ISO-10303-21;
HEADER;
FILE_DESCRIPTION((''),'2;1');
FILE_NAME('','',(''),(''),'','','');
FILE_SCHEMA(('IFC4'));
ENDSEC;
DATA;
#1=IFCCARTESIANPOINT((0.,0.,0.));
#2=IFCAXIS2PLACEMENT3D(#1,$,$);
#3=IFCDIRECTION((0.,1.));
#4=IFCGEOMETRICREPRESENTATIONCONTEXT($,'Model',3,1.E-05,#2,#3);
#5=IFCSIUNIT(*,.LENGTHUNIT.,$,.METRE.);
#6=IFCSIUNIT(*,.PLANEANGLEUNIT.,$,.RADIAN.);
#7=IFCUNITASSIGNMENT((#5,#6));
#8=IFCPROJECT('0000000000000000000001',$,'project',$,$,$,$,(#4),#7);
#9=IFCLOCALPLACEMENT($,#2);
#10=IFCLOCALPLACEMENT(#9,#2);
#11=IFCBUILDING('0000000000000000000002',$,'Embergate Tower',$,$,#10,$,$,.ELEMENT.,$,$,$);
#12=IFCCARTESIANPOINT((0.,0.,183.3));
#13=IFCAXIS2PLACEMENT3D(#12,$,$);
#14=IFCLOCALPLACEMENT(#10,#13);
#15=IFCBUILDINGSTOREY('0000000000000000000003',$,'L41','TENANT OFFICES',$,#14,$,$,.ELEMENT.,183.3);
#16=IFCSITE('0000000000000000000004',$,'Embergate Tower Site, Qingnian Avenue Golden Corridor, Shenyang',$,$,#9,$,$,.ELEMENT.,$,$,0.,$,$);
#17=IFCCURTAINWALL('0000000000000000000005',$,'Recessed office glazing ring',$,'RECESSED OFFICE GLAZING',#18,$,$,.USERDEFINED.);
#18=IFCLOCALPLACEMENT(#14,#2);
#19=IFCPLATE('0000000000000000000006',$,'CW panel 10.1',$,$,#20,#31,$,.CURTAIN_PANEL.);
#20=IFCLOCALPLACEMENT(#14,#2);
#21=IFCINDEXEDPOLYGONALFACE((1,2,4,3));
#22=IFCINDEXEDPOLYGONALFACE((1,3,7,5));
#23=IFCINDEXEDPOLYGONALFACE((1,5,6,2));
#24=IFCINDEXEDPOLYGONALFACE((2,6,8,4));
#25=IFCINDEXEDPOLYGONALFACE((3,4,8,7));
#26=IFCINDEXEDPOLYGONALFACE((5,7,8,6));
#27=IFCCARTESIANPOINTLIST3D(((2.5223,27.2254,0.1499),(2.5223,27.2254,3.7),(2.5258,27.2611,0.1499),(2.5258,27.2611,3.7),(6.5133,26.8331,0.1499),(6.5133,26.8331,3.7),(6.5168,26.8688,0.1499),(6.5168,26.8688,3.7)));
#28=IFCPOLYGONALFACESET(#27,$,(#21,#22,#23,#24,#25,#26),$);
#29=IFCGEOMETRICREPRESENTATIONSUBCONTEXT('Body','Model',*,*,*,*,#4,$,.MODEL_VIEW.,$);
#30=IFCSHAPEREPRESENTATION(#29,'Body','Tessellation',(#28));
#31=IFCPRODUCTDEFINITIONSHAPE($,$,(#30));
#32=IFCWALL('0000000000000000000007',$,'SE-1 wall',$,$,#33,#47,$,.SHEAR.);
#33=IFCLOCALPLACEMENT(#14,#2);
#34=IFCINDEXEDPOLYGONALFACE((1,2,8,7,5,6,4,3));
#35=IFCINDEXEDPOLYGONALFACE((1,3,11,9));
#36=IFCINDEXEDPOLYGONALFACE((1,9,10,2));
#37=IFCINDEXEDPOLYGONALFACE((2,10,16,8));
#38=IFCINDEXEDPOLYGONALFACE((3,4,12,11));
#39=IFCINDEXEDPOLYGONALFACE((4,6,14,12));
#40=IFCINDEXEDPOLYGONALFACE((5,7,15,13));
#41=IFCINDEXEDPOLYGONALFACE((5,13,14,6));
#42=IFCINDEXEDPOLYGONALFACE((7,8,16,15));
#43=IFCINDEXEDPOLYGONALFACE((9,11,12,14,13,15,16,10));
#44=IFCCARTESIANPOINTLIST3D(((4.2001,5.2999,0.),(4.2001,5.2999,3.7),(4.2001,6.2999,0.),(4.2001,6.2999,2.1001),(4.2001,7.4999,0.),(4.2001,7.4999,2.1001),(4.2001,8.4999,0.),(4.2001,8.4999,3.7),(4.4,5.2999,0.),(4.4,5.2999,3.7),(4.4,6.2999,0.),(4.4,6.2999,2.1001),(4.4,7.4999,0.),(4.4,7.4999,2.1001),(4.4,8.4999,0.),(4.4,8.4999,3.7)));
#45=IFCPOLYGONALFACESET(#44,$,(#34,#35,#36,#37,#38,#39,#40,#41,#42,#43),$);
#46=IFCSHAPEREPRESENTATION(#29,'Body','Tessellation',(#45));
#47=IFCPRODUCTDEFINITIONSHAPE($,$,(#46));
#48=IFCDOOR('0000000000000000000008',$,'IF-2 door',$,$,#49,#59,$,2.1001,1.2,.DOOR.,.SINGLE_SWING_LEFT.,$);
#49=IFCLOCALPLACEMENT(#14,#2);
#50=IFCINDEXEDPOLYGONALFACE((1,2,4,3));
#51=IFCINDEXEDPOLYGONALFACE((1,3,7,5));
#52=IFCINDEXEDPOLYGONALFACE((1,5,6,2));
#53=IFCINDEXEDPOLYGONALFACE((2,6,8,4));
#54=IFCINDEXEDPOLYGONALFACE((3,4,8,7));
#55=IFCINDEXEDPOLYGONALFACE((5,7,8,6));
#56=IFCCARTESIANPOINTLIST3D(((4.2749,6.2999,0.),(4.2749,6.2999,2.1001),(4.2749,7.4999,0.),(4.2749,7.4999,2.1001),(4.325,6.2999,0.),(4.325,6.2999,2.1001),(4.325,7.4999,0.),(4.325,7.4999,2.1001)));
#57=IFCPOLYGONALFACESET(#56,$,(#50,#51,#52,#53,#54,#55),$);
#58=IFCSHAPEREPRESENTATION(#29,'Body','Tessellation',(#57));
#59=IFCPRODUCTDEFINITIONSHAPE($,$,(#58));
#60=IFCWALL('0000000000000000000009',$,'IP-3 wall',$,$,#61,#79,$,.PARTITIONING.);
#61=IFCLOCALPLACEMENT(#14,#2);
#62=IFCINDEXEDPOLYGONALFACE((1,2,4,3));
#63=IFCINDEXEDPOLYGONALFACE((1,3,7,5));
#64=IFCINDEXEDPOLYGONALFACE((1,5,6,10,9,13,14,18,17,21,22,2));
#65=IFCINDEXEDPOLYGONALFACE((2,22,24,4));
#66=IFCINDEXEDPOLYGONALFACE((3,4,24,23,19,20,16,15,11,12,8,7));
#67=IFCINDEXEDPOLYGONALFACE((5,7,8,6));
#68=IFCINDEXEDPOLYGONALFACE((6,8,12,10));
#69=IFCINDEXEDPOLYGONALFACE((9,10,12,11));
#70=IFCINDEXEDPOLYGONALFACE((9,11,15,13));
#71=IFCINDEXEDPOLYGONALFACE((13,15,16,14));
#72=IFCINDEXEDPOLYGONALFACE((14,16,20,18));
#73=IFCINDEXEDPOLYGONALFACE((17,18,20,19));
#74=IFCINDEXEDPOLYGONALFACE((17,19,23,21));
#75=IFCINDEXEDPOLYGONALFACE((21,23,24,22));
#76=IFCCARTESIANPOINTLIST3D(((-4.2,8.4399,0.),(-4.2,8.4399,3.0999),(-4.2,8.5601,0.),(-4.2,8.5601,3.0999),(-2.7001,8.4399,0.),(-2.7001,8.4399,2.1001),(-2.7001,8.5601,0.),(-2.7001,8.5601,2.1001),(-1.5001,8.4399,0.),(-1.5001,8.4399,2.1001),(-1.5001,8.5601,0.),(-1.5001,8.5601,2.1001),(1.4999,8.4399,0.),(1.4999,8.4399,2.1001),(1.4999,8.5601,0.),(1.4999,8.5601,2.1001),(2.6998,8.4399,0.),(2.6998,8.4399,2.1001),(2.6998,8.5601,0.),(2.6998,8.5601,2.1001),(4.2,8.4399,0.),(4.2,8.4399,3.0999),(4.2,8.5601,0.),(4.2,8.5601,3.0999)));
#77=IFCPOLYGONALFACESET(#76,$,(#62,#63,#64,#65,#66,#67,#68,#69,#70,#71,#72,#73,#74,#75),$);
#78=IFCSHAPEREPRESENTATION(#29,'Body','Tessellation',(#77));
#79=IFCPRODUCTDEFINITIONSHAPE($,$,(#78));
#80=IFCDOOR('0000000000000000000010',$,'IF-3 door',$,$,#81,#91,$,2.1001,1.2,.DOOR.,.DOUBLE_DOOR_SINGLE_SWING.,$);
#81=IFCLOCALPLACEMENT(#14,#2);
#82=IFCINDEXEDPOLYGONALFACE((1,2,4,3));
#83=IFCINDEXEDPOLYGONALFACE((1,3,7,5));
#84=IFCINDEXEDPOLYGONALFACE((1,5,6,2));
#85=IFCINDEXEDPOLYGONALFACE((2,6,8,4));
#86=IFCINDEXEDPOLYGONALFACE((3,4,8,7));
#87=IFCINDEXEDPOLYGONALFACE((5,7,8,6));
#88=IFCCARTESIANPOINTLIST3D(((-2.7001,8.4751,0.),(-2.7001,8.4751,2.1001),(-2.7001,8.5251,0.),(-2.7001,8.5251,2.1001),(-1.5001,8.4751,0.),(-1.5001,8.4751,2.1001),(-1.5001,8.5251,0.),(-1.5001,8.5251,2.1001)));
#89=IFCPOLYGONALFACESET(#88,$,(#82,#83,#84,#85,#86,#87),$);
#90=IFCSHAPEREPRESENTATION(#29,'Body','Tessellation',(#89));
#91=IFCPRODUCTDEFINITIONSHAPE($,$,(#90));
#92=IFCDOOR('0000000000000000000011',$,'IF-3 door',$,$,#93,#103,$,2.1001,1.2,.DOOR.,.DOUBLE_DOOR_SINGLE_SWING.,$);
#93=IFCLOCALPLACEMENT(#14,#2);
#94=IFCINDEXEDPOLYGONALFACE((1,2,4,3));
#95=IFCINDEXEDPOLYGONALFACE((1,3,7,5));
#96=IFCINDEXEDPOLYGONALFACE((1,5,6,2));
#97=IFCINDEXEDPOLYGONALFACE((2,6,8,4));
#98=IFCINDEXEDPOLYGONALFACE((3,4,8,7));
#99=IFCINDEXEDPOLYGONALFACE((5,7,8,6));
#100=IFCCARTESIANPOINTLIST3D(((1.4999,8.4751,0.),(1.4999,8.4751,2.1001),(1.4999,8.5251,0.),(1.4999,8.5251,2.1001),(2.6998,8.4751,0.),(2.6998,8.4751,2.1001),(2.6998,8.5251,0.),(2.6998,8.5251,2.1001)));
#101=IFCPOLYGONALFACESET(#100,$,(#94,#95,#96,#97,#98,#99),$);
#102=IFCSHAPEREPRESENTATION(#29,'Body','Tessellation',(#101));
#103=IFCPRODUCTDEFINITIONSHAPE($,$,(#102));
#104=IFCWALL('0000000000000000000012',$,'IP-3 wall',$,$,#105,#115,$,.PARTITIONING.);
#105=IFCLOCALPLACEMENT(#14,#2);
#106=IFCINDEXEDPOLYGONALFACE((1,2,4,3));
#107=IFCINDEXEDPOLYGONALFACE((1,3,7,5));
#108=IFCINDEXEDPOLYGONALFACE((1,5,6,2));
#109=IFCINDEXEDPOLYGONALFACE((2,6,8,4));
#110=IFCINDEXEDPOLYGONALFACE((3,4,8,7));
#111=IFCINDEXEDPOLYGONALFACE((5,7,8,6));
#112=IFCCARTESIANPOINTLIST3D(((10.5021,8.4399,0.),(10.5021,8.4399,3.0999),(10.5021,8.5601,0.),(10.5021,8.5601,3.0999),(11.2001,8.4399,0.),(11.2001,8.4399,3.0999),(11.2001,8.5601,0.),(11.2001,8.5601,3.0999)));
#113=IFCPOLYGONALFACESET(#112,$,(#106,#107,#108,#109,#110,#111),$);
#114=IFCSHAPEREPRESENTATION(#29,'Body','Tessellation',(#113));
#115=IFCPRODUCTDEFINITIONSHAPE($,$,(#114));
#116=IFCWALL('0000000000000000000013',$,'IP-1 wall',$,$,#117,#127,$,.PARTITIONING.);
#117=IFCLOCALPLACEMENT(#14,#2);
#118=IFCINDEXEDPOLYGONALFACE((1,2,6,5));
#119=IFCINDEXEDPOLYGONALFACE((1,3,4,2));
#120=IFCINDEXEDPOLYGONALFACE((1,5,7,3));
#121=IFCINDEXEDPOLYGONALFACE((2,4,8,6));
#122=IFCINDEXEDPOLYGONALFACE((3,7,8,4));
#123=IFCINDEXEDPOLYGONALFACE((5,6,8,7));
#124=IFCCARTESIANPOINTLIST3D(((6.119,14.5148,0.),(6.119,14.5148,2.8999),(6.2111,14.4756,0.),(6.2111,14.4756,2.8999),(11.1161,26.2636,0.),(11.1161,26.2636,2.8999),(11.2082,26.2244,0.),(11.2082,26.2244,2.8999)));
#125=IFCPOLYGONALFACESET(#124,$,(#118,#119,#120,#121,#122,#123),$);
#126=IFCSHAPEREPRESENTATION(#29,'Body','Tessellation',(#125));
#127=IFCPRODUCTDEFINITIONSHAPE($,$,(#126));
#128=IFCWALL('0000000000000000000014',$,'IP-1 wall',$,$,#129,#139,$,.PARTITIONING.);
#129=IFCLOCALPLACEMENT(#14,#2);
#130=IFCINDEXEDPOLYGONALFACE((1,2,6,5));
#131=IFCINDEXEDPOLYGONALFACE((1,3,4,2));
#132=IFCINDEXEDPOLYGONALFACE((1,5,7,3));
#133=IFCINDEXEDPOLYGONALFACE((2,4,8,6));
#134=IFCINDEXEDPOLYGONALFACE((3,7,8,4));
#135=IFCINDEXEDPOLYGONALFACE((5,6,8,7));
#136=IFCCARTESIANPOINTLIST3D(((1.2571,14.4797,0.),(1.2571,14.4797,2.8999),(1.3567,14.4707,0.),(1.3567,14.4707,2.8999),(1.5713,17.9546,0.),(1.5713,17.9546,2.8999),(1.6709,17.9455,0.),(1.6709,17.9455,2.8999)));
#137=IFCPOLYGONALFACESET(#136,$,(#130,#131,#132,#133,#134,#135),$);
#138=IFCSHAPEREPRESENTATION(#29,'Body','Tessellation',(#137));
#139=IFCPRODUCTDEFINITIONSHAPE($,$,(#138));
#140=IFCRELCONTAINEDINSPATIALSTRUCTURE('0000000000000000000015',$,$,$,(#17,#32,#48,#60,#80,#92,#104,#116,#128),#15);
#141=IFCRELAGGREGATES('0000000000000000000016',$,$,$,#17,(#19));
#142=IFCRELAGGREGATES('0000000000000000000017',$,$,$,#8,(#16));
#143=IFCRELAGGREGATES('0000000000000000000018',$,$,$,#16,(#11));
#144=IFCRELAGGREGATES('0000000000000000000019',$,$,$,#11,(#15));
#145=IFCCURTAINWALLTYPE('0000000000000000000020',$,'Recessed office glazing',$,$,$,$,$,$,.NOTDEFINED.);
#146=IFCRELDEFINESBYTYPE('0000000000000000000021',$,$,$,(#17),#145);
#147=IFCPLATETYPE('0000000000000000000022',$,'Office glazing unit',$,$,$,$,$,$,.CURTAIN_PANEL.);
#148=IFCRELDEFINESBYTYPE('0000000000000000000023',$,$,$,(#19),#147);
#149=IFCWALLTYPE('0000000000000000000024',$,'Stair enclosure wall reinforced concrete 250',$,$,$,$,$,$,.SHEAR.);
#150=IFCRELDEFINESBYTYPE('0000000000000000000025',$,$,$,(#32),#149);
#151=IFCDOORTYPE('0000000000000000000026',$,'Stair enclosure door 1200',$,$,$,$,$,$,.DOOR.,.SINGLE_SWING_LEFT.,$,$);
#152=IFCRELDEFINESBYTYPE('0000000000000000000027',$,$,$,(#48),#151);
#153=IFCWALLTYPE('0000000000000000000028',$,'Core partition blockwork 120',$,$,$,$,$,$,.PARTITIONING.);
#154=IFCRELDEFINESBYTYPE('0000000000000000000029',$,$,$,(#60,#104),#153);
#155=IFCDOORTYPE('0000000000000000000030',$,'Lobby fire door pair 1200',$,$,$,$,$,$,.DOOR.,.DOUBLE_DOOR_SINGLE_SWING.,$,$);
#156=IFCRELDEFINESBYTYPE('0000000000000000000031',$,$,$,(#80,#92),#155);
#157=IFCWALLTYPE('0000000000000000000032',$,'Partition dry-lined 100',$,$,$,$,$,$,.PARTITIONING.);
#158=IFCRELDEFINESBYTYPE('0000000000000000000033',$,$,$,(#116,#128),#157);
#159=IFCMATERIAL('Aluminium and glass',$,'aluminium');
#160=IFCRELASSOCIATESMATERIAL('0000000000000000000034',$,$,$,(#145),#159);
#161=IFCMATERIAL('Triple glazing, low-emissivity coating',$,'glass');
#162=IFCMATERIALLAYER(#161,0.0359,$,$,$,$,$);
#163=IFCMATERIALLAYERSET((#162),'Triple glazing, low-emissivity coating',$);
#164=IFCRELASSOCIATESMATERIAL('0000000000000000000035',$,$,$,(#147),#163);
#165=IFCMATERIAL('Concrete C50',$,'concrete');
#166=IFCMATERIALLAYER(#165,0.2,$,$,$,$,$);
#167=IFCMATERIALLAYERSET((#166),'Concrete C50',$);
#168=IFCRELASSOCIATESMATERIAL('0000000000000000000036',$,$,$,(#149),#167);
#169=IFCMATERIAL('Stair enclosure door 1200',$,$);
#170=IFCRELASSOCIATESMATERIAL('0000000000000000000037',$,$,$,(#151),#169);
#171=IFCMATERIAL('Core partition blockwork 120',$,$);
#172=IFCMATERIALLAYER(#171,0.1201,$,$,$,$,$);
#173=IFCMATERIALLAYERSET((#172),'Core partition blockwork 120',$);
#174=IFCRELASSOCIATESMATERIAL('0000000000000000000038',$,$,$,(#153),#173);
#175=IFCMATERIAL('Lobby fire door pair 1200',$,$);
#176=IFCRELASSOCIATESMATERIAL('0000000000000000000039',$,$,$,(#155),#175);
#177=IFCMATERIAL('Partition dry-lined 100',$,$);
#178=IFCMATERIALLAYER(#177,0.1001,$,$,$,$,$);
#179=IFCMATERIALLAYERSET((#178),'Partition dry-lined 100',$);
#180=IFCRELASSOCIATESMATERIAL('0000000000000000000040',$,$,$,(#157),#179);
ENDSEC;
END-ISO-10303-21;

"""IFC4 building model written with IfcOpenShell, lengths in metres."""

from ifc_helpers import new_model, si_unit, direction, frame, frame_2d, origin, origin_2d, place, context, subcontext, project, spatial, rectangle, extrude, source, transform, mapped, material, layer, layer_set, type_object, element, fill, aggregate, save


model = new_model("IFC4")

# Units and contexts
model_context = context("Model", 3, precision=1e-05, world=origin(), true_north=direction((0.0, 1.0)))
body_context = subcontext(model_context, "Body", "Model", "MODEL_VIEW")
ifc_project = project(units=[si_unit("LENGTHUNIT", "METRE"), si_unit("PLANEANGLEUNIT", "RADIAN")], contexts=[model_context])

# Site, building, storey
site_placement = place(None, origin())
site = spatial("IfcSite", under=ifc_project, at=site_placement, Name="Embergate Tower Site, Qingnian Avenue Golden Corridor, Shenyang", CompositionType="ELEMENT", RefElevation=0.0)
building_placement = place(site_placement, origin())
building = spatial("IfcBuilding", under=site, at=building_placement, Name="Embergate Tower", CompositionType="ELEMENT")
storey_placement = place(building_placement, frame((0.0, 0.0, 183.3)))
storey = spatial("IfcBuildingStorey", under=building, at=storey_placement, Name="L41", Description="TENANT OFFICES", CompositionType="ELEMENT", Elevation=183.3)

# Curtain wall, plate
ifc_material_1 = material(Name="Aluminium and glass", Category="aluminium")
curtain_wall_type = type_object("IfcCurtainWallType", Name="Recessed office glazing", PredefinedType="NOTDEFINED", material=ifc_material_1)
curtain_wall_placement = place(storey_placement, origin())
curtain_wall = element("IfcCurtainWall", 1, at=curtain_wall_placement, inside=storey, type_object=curtain_wall_type, Name="Recessed office glazing ring", ObjectType="RECESSED OFFICE GLAZING", PredefinedType="USERDEFINED")
ifc_material_2 = material(Name="Triple glazing, low-emissivity coating", Category="glass")
ifc_layer_1 = layer(ifc_material_2, 0.0359)
ifc_layer_set_1 = layer_set([ifc_layer_1], Name="Triple glazing, low-emissivity coating")
plate_type = type_object("IfcPlateType", Name="Office glazing unit", PredefinedType="CURTAIN_PANEL", material=ifc_layer_set_1)
shared_shape_1 = source(origin(), body_context, "Body", "SweptSolid", [
    extrude(rectangle(XDim=4.0103, YDim=0.0359, at=origin_2d()), origin(), (0.0, 0.0, 1.0), 3.55),
])
plate_1_placement = place(storey_placement, frame((4.5195, 27.0471, 0.1499), z_axis=(0.0, 0.0, 1.0), x_axis=(-0.995203, 0.09783, 0.0)))
plate_1 = element("IfcPlate", 2, at=plate_1_placement, type_object=plate_type, Name="CW panel 10.1", PredefinedType="CURTAIN_PANEL", context=body_context, shape_type="MappedRepresentation", body=[
    mapped(shared_shape_1, transform((0.0, 0.0, 0.0))),
])
aggregate(curtain_wall, [plate_1])

# Wall, opening, door
ifc_material_3 = material(Name="Concrete C50", Category="concrete")
ifc_layer_2 = layer(ifc_material_3, 0.2)
ifc_layer_set_2 = layer_set([ifc_layer_2], Name="Concrete C50")
wall_type_1 = type_object("IfcWallType", Name="Stair enclosure wall reinforced concrete 250", PredefinedType="SHEAR", material=ifc_layer_set_2)
shared_shape_2 = source(origin(), body_context, "Body", "SweptSolid", [
    extrude(rectangle(XDim=3.2, YDim=0.2, at=frame_2d((1.6001, 0.0))), origin(), (0.0, 0.0, 1.0), 3.7),
])
wall_1_placement = place(storey_placement, frame((4.3, 8.5, 0.0), z_axis=(0.0, 0.0, 1.0), x_axis=(0.0, -1.0, 0.0)))
wall_1 = element("IfcWall", 3, at=wall_1_placement, inside=storey, type_object=wall_type_1, Name="SE-1 wall", PredefinedType="SHEAR", context=body_context, shape_type="MappedRepresentation", body=[
    mapped(shared_shape_2, transform((0.0, 0.0, 0.0))),
])
shared_shape_3 = source(origin(), body_context, "Body", "SweptSolid", [
    extrude(rectangle(XDim=1.2, YDim=2.1001, at=frame_2d((0.6001, 1.05))), frame((0.0, 0.1099, 0.0), z_axis=(0.0, -1.0, 0.0), x_axis=(1.0, 0.0, 0.0)), (0.0, 0.0, 1.0), 0.22),
])
opening_1_placement = place(wall_1_placement, frame((1.0, 0.0, 0.0)))
opening_1 = element("IfcOpeningElement", 4, at=opening_1_placement, cuts=wall_1, PredefinedType="OPENING", context=body_context, shape_type="MappedRepresentation", body=[
    mapped(shared_shape_3, transform((0.0, 0.0, 0.0))),
])
ifc_material_4 = material(Name="Stair enclosure door 1200")
door_type_1 = type_object("IfcDoorType", Name="Stair enclosure door 1200", OperationType="SINGLE_SWING_LEFT", PredefinedType="DOOR", material=ifc_material_4)
shared_shape_4 = source(origin(), body_context, "Body", "SweptSolid", [
    extrude(rectangle(XDim=1.2, YDim=2.1001, at=frame_2d((0.6001, 1.05))), frame((0.0, 0.0249, 0.0), z_axis=(0.0, -1.0, 0.0), x_axis=(1.0, 0.0, 0.0)), (0.0, 0.0, 1.0), 0.05),
])
door_1_placement = place(opening_1_placement, origin())
door_1 = element("IfcDoor", 5, at=door_1_placement, inside=storey, type_object=door_type_1, Name="IF-2 door", OperationType="SINGLE_SWING_LEFT", OverallHeight=2.1001, OverallWidth=1.2, PredefinedType="DOOR", context=body_context, shape_type="MappedRepresentation", body=[
    mapped(shared_shape_4, transform((0.0, 0.0, 0.0))),
])
fill(opening_1, door_1)

# Wall, openings, doors
ifc_material_5 = material(Name="Core partition blockwork 120")
ifc_layer_3 = layer(ifc_material_5, 0.1201)
ifc_layer_set_3 = layer_set([ifc_layer_3], Name="Core partition blockwork 120")
wall_type_2 = type_object("IfcWallType", Name="Core partition blockwork 120", PredefinedType="PARTITIONING", material=ifc_layer_set_3)
shared_shape_5 = source(origin(), body_context, "Body", "SweptSolid", [
    extrude(rectangle(XDim=8.3999, YDim=0.1201, at=frame_2d((4.2, 0.0))), origin(), (0.0, 0.0, 1.0), 3.0999),
])
wall_2_placement = place(storey_placement, frame((4.2, 8.5, 0.0), z_axis=(0.0, 0.0, 1.0), x_axis=(-1.0, 0.0, 0.0)))
wall_2 = element("IfcWall", 6, at=wall_2_placement, inside=storey, type_object=wall_type_2, Name="IP-3 wall", PredefinedType="PARTITIONING", context=body_context, shape_type="MappedRepresentation", body=[
    mapped(shared_shape_5, transform((0.0, 0.0, 0.0))),
])
shared_shape_6 = source(origin(), body_context, "Body", "SweptSolid", [
    extrude(rectangle(XDim=1.2, YDim=2.1001, at=frame_2d((0.6001, 1.05))), frame((0.0, 0.0701, 0.0), z_axis=(0.0, -1.0, 0.0), x_axis=(1.0, 0.0, 0.0)), (0.0, 0.0, 1.0), 0.1401),
])
opening_2_placement = place(wall_2_placement, frame((5.7, 0.0, 0.0)))
opening_2 = element("IfcOpeningElement", 7, at=opening_2_placement, cuts=wall_2, PredefinedType="OPENING", context=body_context, shape_type="MappedRepresentation", body=[
    mapped(shared_shape_6, transform((0.0, 0.0, 0.0))),
])
opening_3_placement = place(wall_2_placement, frame((1.5, 0.0, 0.0)))
opening_3 = element("IfcOpeningElement", 8, at=opening_3_placement, cuts=wall_2, PredefinedType="OPENING", context=body_context, shape_type="MappedRepresentation", body=[
    mapped(shared_shape_6, transform((0.0, 0.0, 0.0))),
])
ifc_material_6 = material(Name="Lobby fire door pair 1200")
door_type_2 = type_object("IfcDoorType", Name="Lobby fire door pair 1200", OperationType="DOUBLE_DOOR_SINGLE_SWING", PredefinedType="DOOR", material=ifc_material_6)
door_2_placement = place(opening_2_placement, origin())
door_2 = element("IfcDoor", 9, at=door_2_placement, inside=storey, type_object=door_type_2, Name="IF-3 door", OperationType="DOUBLE_DOOR_SINGLE_SWING", OverallHeight=2.1001, OverallWidth=1.2, PredefinedType="DOOR", context=body_context, shape_type="MappedRepresentation", body=[
    mapped(shared_shape_4, transform((0.0, 0.0, 0.0))),
])
fill(opening_2, door_2)
door_3_placement = place(opening_3_placement, origin())
door_3 = element("IfcDoor", 10, at=door_3_placement, inside=storey, type_object=door_type_2, Name="IF-3 door", OperationType="DOUBLE_DOOR_SINGLE_SWING", OverallHeight=2.1001, OverallWidth=1.2, PredefinedType="DOOR", context=body_context, shape_type="MappedRepresentation", body=[
    mapped(shared_shape_4, transform((0.0, 0.0, 0.0))),
])
fill(opening_3, door_3)

# Walls
shared_shape_7 = source(origin(), body_context, "Body", "SweptSolid", [
    extrude(rectangle(XDim=0.698, YDim=0.1201, at=frame_2d((0.3491, 0.0))), origin(), (0.0, 0.0, 1.0), 3.0999),
])
wall_3_placement = place(storey_placement, frame((10.502, 8.5, 0.0), z_axis=(0.0, 0.0, 1.0), x_axis=(1.0, 0.0, 0.0)))
element("IfcWall", 11, at=wall_3_placement, inside=storey, type_object=wall_type_2, Name="IP-3 wall", PredefinedType="PARTITIONING", context=body_context, shape_type="MappedRepresentation", body=[
    mapped(shared_shape_7, transform((0.0, 0.0, 0.0))),
])
ifc_material_7 = material(Name="Partition dry-lined 100")
ifc_layer_4 = layer(ifc_material_7, 0.1001)
ifc_layer_set_4 = layer_set([ifc_layer_4], Name="Partition dry-lined 100")
wall_type_3 = type_object("IfcWallType", Name="Partition dry-lined 100", PredefinedType="PARTITIONING", material=ifc_layer_set_4)
shared_shape_8 = source(origin(), body_context, "Body", "SweptSolid", [
    extrude(rectangle(XDim=12.7673, YDim=0.1001, at=frame_2d((6.3838, 0.0))), origin(), (0.0, 0.0, 1.0), 2.8999),
])
wall_4_placement = place(storey_placement, frame((6.165, 14.4951, 0.0), z_axis=(0.0, 0.0, 1.0), x_axis=(0.391395, 0.920223, 0.0)))
element("IfcWall", 12, at=wall_4_placement, inside=storey, type_object=wall_type_3, Name="IP-1 wall", PredefinedType="PARTITIONING", context=body_context, shape_type="MappedRepresentation", body=[
    mapped(shared_shape_8, transform((0.0, 0.0, 0.0))),
])
shared_shape_9 = source(origin(), body_context, "Body", "SweptSolid", [
    extrude(rectangle(XDim=3.489, YDim=0.1001, at=frame_2d((1.7446, 0.0))), origin(), (0.0, 0.0, 1.0), 2.8999),
])
wall_5_placement = place(storey_placement, frame((1.3069, 14.4751, 0.0), z_axis=(0.0, 0.0, 1.0), x_axis=(0.090056, 0.995937, 0.0)))
element("IfcWall", 13, at=wall_5_placement, inside=storey, type_object=wall_type_3, Name="IP-1 wall", PredefinedType="PARTITIONING", context=body_context, shape_type="MappedRepresentation", body=[
    mapped(shared_shape_9, transform((0.0, 0.0, 0.0))),
])

save(model, "model.ifc")
